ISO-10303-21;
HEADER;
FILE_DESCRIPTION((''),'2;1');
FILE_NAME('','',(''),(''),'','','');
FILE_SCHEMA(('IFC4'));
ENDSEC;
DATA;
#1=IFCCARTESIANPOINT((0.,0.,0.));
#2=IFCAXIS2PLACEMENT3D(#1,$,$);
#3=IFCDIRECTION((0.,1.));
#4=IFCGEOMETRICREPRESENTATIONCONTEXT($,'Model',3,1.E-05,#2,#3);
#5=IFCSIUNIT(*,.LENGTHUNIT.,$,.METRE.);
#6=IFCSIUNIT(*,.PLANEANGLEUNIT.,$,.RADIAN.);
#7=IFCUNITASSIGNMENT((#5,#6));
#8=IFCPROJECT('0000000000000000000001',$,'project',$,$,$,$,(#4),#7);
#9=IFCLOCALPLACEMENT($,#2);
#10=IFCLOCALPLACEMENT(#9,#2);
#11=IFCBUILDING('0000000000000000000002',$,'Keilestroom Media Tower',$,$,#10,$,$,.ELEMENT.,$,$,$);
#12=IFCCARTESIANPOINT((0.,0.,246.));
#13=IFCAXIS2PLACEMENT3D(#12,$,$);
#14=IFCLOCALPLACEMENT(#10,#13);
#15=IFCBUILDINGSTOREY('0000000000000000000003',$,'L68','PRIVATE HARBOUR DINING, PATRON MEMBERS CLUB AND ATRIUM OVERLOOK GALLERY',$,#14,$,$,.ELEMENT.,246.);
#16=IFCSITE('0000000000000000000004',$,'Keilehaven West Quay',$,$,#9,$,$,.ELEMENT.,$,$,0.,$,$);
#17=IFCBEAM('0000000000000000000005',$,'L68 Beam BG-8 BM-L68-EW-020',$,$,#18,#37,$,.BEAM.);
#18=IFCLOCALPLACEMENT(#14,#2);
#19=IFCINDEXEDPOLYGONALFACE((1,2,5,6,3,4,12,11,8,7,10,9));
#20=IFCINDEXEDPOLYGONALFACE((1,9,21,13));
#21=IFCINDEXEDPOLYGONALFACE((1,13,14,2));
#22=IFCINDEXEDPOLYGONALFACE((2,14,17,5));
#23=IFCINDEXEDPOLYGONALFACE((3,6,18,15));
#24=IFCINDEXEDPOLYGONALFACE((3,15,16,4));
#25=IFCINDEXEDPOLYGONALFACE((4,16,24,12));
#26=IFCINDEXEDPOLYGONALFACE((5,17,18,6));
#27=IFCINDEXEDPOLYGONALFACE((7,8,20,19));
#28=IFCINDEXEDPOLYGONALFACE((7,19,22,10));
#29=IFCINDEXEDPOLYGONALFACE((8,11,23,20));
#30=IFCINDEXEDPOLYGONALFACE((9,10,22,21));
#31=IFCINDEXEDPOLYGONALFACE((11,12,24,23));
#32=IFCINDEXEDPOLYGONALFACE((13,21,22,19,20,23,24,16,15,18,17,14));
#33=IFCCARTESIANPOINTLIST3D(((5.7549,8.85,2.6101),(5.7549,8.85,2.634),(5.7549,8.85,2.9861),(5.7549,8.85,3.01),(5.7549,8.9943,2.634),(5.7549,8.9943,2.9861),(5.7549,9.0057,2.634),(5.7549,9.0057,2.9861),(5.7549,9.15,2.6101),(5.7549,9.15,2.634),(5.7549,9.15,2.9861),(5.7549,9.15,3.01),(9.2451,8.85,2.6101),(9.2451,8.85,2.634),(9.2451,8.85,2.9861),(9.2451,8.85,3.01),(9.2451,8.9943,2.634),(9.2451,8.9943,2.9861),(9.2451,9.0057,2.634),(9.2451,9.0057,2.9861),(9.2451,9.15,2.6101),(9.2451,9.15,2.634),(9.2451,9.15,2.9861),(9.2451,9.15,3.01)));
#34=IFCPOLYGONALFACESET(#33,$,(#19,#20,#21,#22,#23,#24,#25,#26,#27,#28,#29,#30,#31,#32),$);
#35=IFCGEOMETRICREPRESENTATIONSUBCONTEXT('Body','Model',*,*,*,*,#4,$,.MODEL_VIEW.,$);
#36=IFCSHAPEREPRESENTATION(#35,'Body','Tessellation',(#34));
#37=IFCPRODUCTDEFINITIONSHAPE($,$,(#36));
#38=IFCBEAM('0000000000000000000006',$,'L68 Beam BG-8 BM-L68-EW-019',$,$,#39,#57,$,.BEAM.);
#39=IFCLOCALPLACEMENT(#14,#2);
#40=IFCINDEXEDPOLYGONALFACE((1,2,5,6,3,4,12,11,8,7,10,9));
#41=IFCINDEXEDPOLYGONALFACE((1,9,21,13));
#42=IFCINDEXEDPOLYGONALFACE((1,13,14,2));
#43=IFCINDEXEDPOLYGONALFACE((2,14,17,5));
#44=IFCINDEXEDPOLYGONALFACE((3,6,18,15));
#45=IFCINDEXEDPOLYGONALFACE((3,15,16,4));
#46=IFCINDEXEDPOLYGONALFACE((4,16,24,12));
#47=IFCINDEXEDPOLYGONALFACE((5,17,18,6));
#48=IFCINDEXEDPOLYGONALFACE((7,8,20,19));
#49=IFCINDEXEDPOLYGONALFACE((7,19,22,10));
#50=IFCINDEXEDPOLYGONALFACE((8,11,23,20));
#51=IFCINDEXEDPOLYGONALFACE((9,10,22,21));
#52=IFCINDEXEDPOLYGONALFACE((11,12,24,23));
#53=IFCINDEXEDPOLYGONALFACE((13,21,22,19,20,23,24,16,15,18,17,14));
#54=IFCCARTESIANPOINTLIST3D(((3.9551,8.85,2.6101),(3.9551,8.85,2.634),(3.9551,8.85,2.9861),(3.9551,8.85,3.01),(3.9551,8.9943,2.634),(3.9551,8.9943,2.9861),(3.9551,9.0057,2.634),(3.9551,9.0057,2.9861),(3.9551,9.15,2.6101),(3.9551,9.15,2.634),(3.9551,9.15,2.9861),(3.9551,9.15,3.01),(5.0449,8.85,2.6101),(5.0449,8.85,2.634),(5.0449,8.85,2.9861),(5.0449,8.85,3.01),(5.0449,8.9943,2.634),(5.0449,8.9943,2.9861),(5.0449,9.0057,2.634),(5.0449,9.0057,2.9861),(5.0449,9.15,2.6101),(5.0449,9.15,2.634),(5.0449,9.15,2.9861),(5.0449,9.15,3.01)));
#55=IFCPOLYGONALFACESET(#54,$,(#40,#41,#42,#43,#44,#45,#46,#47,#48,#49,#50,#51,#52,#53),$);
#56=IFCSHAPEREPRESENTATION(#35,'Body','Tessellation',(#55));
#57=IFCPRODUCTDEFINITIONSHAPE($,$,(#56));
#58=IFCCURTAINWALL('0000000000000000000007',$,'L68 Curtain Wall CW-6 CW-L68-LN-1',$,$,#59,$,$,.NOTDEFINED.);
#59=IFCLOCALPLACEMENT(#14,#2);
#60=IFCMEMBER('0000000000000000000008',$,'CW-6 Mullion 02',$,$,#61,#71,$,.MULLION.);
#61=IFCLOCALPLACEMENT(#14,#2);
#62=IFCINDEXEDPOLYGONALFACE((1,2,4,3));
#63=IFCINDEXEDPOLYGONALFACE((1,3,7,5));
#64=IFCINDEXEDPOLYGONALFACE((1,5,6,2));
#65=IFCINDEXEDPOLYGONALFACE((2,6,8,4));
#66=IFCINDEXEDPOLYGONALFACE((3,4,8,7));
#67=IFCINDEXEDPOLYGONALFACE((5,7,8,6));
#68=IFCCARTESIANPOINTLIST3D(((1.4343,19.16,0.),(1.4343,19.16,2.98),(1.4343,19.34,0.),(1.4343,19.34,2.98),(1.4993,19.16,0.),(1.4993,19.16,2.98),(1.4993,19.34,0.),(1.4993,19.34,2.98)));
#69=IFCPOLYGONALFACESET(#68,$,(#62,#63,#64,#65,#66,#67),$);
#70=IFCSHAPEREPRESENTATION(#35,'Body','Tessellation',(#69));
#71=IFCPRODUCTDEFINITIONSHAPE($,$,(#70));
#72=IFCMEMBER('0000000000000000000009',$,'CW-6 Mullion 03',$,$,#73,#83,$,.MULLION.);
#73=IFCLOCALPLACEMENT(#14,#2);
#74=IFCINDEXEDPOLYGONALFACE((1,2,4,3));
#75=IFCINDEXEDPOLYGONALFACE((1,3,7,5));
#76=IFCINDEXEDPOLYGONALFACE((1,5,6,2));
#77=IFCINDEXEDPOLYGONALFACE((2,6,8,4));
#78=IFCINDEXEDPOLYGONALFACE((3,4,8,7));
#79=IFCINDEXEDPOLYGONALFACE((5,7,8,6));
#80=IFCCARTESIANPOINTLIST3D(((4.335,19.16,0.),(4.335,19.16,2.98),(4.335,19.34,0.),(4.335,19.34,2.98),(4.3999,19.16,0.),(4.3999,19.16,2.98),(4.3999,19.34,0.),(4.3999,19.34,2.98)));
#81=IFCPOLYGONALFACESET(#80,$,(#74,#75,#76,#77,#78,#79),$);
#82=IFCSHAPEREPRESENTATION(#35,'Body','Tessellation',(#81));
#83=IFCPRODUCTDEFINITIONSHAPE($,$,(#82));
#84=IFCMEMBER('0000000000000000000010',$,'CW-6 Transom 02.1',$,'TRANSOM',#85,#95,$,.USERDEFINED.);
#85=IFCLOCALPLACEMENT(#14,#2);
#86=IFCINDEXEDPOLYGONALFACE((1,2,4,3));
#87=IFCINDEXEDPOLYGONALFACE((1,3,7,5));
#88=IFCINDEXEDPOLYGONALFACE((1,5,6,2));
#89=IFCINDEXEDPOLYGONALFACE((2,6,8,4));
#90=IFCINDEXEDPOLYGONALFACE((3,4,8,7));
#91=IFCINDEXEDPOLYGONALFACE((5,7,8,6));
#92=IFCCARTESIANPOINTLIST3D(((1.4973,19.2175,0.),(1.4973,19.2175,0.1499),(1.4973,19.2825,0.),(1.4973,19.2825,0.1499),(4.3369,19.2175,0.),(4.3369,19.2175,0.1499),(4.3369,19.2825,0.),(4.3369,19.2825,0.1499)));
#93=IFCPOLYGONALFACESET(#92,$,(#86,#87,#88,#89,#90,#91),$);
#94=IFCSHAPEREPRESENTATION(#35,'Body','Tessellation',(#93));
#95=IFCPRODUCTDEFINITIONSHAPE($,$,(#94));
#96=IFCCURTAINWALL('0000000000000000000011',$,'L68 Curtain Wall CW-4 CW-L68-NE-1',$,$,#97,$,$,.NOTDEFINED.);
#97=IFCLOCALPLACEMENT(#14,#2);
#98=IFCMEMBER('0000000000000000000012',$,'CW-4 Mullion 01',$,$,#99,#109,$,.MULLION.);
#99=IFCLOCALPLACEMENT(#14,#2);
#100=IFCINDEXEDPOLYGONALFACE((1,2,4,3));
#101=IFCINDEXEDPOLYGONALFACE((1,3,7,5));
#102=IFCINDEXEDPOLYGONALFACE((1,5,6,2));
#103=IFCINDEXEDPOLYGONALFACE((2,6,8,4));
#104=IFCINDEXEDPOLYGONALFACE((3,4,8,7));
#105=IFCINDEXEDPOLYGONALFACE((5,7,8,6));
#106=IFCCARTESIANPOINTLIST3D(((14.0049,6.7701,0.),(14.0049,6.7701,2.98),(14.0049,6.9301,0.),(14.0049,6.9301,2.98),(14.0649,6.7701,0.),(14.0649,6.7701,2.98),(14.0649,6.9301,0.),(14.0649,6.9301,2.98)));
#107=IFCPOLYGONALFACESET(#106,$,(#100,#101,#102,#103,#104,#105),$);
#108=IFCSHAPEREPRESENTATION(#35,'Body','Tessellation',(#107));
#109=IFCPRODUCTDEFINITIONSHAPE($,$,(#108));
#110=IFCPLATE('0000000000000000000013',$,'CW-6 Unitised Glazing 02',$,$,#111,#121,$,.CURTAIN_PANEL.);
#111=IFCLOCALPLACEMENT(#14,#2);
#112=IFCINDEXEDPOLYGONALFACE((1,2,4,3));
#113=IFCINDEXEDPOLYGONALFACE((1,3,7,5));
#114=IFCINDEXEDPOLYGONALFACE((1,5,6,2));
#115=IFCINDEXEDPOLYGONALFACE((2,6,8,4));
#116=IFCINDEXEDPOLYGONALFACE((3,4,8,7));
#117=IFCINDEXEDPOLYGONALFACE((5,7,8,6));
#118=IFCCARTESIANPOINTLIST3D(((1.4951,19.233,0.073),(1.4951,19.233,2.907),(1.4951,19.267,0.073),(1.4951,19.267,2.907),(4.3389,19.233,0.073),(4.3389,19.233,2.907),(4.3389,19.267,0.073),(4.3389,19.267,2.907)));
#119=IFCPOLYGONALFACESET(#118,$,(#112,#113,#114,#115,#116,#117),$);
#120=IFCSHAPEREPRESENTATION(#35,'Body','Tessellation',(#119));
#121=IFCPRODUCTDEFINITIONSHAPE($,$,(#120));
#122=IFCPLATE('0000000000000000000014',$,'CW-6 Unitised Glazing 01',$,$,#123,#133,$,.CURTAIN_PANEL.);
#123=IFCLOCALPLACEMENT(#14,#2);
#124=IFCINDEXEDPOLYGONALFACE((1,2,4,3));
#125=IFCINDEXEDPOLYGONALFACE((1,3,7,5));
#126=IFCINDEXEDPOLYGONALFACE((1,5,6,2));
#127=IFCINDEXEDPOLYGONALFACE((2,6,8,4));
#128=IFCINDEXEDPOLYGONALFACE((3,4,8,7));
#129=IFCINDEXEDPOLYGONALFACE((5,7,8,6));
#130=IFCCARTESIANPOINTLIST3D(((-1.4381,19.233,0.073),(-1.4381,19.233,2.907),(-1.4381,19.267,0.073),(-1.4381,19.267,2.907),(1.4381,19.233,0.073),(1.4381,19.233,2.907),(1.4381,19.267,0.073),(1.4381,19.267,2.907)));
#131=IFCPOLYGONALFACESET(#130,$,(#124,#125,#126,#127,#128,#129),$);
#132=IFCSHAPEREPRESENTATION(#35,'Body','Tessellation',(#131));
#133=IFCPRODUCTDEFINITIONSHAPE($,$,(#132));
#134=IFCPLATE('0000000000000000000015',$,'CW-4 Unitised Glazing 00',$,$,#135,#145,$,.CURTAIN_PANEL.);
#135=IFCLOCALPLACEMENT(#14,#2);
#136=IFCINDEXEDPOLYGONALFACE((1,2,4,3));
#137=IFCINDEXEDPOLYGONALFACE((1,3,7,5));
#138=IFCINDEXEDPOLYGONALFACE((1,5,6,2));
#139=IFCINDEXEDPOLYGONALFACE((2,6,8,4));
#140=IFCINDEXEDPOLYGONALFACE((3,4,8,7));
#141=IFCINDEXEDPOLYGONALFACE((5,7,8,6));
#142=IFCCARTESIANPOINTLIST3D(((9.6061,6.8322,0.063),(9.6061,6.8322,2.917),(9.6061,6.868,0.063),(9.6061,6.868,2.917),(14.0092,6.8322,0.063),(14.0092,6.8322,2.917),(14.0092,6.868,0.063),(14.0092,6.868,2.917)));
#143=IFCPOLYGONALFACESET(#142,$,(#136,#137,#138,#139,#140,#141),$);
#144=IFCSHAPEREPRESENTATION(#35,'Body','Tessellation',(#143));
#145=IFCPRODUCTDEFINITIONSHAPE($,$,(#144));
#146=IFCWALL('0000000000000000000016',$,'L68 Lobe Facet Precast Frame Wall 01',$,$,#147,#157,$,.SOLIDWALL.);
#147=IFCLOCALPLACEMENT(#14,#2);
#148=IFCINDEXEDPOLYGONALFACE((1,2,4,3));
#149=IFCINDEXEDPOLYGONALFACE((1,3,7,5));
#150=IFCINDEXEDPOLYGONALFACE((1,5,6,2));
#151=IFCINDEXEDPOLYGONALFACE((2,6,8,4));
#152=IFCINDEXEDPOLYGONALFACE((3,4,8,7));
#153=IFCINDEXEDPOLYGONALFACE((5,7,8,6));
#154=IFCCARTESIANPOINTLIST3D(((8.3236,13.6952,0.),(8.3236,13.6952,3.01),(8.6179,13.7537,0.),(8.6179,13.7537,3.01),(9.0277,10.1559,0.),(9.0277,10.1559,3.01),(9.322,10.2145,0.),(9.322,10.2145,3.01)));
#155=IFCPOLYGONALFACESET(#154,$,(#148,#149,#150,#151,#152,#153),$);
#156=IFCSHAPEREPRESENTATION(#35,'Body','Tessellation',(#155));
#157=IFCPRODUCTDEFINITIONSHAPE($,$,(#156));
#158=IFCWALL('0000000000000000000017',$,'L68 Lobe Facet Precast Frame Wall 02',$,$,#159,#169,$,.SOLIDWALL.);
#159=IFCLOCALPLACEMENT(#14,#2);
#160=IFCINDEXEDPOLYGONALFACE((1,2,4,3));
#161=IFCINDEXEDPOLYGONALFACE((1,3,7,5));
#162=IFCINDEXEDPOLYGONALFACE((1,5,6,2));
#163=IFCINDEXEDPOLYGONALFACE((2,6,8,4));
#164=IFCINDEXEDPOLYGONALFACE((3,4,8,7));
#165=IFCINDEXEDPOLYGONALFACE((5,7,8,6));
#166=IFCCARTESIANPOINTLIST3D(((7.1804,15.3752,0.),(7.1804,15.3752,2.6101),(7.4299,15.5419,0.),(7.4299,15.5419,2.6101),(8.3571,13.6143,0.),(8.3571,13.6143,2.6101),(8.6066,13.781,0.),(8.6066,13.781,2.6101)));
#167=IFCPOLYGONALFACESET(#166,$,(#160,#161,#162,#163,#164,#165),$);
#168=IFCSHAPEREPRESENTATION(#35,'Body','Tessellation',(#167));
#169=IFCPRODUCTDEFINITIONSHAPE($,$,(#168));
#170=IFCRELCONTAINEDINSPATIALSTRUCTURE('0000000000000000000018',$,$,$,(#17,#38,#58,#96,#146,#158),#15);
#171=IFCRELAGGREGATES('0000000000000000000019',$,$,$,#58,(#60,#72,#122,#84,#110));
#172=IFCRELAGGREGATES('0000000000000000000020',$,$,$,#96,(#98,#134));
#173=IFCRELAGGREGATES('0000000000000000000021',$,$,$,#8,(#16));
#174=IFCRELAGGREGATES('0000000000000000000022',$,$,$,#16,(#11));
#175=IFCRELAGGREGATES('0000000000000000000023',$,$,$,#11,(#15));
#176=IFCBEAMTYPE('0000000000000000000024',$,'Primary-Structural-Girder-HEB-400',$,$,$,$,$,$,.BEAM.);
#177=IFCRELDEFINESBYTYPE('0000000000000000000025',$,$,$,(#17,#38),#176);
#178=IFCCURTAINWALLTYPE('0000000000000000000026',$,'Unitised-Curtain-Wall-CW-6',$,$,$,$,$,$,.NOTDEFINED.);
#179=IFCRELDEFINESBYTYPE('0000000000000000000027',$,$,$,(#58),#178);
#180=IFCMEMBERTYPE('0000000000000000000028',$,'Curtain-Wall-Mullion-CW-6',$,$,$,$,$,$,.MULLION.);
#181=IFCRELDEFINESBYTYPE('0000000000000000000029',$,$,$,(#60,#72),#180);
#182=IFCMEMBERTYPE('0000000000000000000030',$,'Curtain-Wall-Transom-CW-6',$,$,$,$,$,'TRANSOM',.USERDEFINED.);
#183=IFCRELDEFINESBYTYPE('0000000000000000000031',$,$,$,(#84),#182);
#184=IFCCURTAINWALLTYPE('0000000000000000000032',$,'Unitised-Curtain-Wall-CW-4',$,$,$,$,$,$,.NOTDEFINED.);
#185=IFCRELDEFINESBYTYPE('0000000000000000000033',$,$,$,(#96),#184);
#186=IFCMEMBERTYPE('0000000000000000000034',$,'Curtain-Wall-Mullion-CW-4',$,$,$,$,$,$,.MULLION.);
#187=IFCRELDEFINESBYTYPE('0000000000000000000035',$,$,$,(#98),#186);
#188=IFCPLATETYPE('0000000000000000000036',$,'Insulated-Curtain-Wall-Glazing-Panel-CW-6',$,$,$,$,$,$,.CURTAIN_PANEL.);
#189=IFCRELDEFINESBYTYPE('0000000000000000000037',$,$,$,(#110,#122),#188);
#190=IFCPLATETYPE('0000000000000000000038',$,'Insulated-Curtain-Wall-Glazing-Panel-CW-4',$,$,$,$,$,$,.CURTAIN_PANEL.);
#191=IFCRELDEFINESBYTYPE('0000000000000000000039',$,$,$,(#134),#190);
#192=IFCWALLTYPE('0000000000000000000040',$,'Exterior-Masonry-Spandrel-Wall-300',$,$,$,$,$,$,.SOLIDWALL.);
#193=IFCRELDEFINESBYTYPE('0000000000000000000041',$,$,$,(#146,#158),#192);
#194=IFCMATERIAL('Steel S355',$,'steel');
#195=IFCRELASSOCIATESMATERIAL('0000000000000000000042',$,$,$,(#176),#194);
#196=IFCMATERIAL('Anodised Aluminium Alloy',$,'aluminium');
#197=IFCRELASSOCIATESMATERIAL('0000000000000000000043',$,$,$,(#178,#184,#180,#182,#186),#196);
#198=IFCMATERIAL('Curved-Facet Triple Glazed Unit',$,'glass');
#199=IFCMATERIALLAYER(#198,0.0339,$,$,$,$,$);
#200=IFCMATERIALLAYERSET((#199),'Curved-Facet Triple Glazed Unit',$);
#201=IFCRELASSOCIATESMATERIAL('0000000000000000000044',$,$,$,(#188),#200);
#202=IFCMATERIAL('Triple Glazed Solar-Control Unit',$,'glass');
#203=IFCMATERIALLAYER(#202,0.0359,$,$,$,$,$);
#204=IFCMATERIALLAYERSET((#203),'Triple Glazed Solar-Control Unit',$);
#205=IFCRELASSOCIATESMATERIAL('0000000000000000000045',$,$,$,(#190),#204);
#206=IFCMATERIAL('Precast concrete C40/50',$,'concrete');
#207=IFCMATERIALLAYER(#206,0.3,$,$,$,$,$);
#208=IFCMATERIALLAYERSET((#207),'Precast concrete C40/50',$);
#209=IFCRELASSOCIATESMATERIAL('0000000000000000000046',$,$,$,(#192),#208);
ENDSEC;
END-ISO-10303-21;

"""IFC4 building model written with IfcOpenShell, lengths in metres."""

from ifc_helpers import new_model, si_unit, direction, frame, frame_2d, origin, origin_2d, place, context, subcontext, project, spatial, rectangle, i_section, extrude, source, transform, mapped, material, layer, layer_set, material_profile, profile_set, type_object, element, aggregate, save


model = new_model("IFC4")

# Units and contexts
model_context = context("Model", 3, precision=1e-05, world=origin(), true_north=direction((0.0, 1.0)))
body_context = subcontext(model_context, "Body", "Model", "MODEL_VIEW")
ifc_project = project(units=[si_unit("LENGTHUNIT", "METRE"), si_unit("PLANEANGLEUNIT", "RADIAN")], contexts=[model_context])

# Site, building, storey
site_placement = place(None, origin())
site = spatial("IfcSite", under=ifc_project, at=site_placement, Name="Keilehaven West Quay", CompositionType="ELEMENT", RefElevation=0.0)
building_placement = place(site_placement, origin())
building = spatial("IfcBuilding", under=site, at=building_placement, Name="Keilestroom Media Tower", CompositionType="ELEMENT")
storey_placement = place(building_placement, frame((0.0, 0.0, 246.0)))
storey = spatial("IfcBuildingStorey", under=building, at=storey_placement, Name="L68", Description="PRIVATE HARBOUR DINING, PATRON MEMBERS CLUB AND ATRIUM OVERLOOK GALLERY", CompositionType="ELEMENT", Elevation=246.0)

# Shared definitions
ifc_material_1 = material(Name="Precast concrete C40/50", Category="concrete")
ifc_material_2 = material(Name="Steel S355", Category="steel")

# Beams
ifc_material_profile_1 = material_profile(ifc_material_2, i_section(OverallWidth=0.3, OverallDepth=0.3999, WebThickness=0.0115, FlangeThickness=0.0239, at=origin_2d()), Name="HEB 400")
ifc_profile_set_1 = profile_set([ifc_material_profile_1], Name="Steel S355")
beam_type = type_object("IfcBeamType", Name="Primary-Structural-Girder-HEB-400", PredefinedType="BEAM", material=ifc_profile_set_1)
shared_shape_1 = source(origin(), body_context, "Body", "SweptSolid", [
    extrude(i_section(OverallWidth=0.3, OverallDepth=0.3999, WebThickness=0.0115, FlangeThickness=0.0239, at=origin_2d()), origin(), (0.0, 0.0, 1.0), 3.4902),
])
beam_1_placement = place(storey_placement, frame((5.7549, 9.0, 2.8101), z_axis=(1.0, 0.0, 0.0), x_axis=(0.0, 1.0, 0.0)))
element("IfcBeam", 1, at=beam_1_placement, inside=storey, type_object=beam_type, Name="L68 Beam BG-8 BM-L68-EW-020", PredefinedType="BEAM", context=body_context, shape_type="MappedRepresentation", body=[
    mapped(shared_shape_1, transform((0.0, 0.0, 0.0), x_axis=(1.0, 0.0, 0.0), y_axis=(0.0, 1.0, 0.0), z_axis=(0.0, 0.0, 1.0), scale=1.0)),
])
shared_shape_2 = source(origin(), body_context, "Body", "SweptSolid", [
    extrude(i_section(OverallWidth=0.3, OverallDepth=0.3999, WebThickness=0.0115, FlangeThickness=0.0239, at=origin_2d()), origin(), (0.0, 0.0, 1.0), 1.0898),
])
beam_2_placement = place(storey_placement, frame((3.9551, 9.0, 2.8101), z_axis=(1.0, 0.0, 0.0), x_axis=(0.0, 1.0, 0.0)))
element("IfcBeam", 2, at=beam_2_placement, inside=storey, type_object=beam_type, Name="L68 Beam BG-8 BM-L68-EW-019", PredefinedType="BEAM", context=body_context, shape_type="MappedRepresentation", body=[
    mapped(shared_shape_2, transform((0.0, 0.0, 0.0), x_axis=(1.0, 0.0, 0.0), y_axis=(0.0, 1.0, 0.0), z_axis=(0.0, 0.0, 1.0), scale=1.0)),
])

# Curtain wall, members
ifc_material_3 = material(Name="Anodised Aluminium Alloy", Category="aluminium")
curtain_wall_type_1 = type_object("IfcCurtainWallType", Name="Unitised-Curtain-Wall-CW-6", PredefinedType="NOTDEFINED", material=ifc_material_3)
curtain_wall_1_placement = place(storey_placement, origin())
curtain_wall_1 = element("IfcCurtainWall", 3, at=curtain_wall_1_placement, inside=storey, type_object=curtain_wall_type_1, Name="L68 Curtain Wall CW-6 CW-L68-LN-1", PredefinedType="NOTDEFINED")
ifc_material_profile_2 = material_profile(ifc_material_3, rectangle(XDim=0.0649, YDim=0.1799, at=origin_2d()), Name="ALU MULLION 65x180")
ifc_profile_set_2 = profile_set([ifc_material_profile_2], Name="Anodised Aluminium Alloy")
member_type_1 = type_object("IfcMemberType", Name="Curtain-Wall-Mullion-CW-6", PredefinedType="MULLION", material=ifc_profile_set_2)
shared_shape_3 = source(origin(), body_context, "Body", "SweptSolid", [
    extrude(rectangle(XDim=0.0649, YDim=0.1799, at=origin_2d()), origin(), (0.0, 0.0, 1.0), 2.98),
])
member_1_placement = place(storey_placement, frame((1.4668, 19.25, 0.0), z_axis=(0.0, 0.0, 1.0), x_axis=(1.0, 0.0, 0.0)))
member_1 = element("IfcMember", 4, at=member_1_placement, type_object=member_type_1, Name="CW-6 Mullion 02", PredefinedType="MULLION", context=body_context, shape_type="MappedRepresentation", body=[
    mapped(shared_shape_3, transform((0.0, 0.0, 0.0), x_axis=(1.0, 0.0, 0.0), y_axis=(0.0, 1.0, 0.0), z_axis=(0.0, 0.0, 1.0), scale=1.0)),
])
member_2_placement = place(storey_placement, frame((4.3674, 19.25, 0.0), z_axis=(0.0, 0.0, 1.0), x_axis=(1.0, 0.0, 0.0)))
member_2 = element("IfcMember", 5, at=member_2_placement, type_object=member_type_1, Name="CW-6 Mullion 03", PredefinedType="MULLION", context=body_context, shape_type="MappedRepresentation", body=[
    mapped(shared_shape_3, transform((0.0, 0.0, 0.0), x_axis=(1.0, 0.0, 0.0), y_axis=(0.0, 1.0, 0.0), z_axis=(0.0, 0.0, 1.0), scale=1.0)),
])
ifc_material_profile_3 = material_profile(ifc_material_3, rectangle(XDim=0.0649, YDim=0.1499, at=origin_2d()), Name="ALU TRANSOM 65x150")
ifc_profile_set_3 = profile_set([ifc_material_profile_3], Name="Anodised Aluminium Alloy")
member_type_2 = type_object("IfcMemberType", Name="Curtain-Wall-Transom-CW-6", ElementType="TRANSOM", PredefinedType="USERDEFINED", material=ifc_profile_set_3)
shared_shape_4 = source(origin(), body_context, "Body", "SweptSolid", [
    extrude(rectangle(XDim=0.0649, YDim=0.1499, at=origin_2d()), origin(), (0.0, 0.0, 1.0), 2.8396),
])
member_3_placement = place(storey_placement, frame((1.4973, 19.25, 0.075), z_axis=(1.0, 0.0, 0.0), x_axis=(0.0, 1.0, 0.0)))
member_3 = element("IfcMember", 6, at=member_3_placement, type_object=member_type_2, Name="CW-6 Transom 02.1", ObjectType="TRANSOM", PredefinedType="USERDEFINED", context=body_context, shape_type="MappedRepresentation", body=[
    mapped(shared_shape_4, transform((0.0, 0.0, 0.0), x_axis=(1.0, 0.0, 0.0), y_axis=(0.0, 1.0, 0.0), z_axis=(0.0, 0.0, 1.0), scale=1.0)),
])

# Curtain wall, member
curtain_wall_type_2 = type_object("IfcCurtainWallType", Name="Unitised-Curtain-Wall-CW-4", PredefinedType="NOTDEFINED", material=ifc_material_3)
curtain_wall_2_placement = place(storey_placement, origin())
curtain_wall_2 = element("IfcCurtainWall", 7, at=curtain_wall_2_placement, inside=storey, type_object=curtain_wall_type_2, Name="L68 Curtain Wall CW-4 CW-L68-NE-1", PredefinedType="NOTDEFINED")
ifc_material_profile_4 = material_profile(ifc_material_3, rectangle(XDim=0.0601, YDim=0.1599, at=origin_2d()), Name="ALU MULLION 60x160")
ifc_profile_set_4 = profile_set([ifc_material_profile_4], Name="Anodised Aluminium Alloy")
member_type_3 = type_object("IfcMemberType", Name="Curtain-Wall-Mullion-CW-4", PredefinedType="MULLION", material=ifc_profile_set_4)
shared_shape_5 = source(origin(), body_context, "Body", "SweptSolid", [
    extrude(rectangle(XDim=0.0601, YDim=0.1599, at=origin_2d()), origin(), (0.0, 0.0, 1.0), 2.98),
])
member_4_placement = place(storey_placement, frame((14.0349, 6.8501, 0.0), z_axis=(0.0, 0.0, 1.0), x_axis=(1.0, 0.0, 0.0)))
member_4 = element("IfcMember", 8, at=member_4_placement, type_object=member_type_3, Name="CW-4 Mullion 01", PredefinedType="MULLION", context=body_context, shape_type="MappedRepresentation", body=[
    mapped(shared_shape_5, transform((0.0, 0.0, 0.0), x_axis=(1.0, 0.0, 0.0), y_axis=(0.0, 1.0, 0.0), z_axis=(0.0, 0.0, 1.0), scale=1.0)),
])

# Plates
ifc_material_4 = material(Name="Curved-Facet Triple Glazed Unit", Category="glass")
ifc_layer_1 = layer(ifc_material_4, 0.0339)
ifc_layer_set_1 = layer_set([ifc_layer_1], Name="Curved-Facet Triple Glazed Unit")
plate_type_1 = type_object("IfcPlateType", Name="Insulated-Curtain-Wall-Glazing-Panel-CW-6", PredefinedType="CURTAIN_PANEL", material=ifc_layer_set_1)
shared_shape_6 = source(origin(), body_context, "Body", "SweptSolid", [
    extrude(rectangle(XDim=2.8438, YDim=0.0339, at=origin_2d()), origin(), (0.0, 0.0, 1.0), 2.834),
])
plate_1_placement = place(storey_placement, frame((2.917, 19.25, 0.073), z_axis=(0.0, 0.0, 1.0), x_axis=(1.0, 0.0, 0.0)))
plate_1 = element("IfcPlate", 9, at=plate_1_placement, type_object=plate_type_1, Name="CW-6 Unitised Glazing 02", PredefinedType="CURTAIN_PANEL", context=body_context, shape_type="MappedRepresentation", body=[
    mapped(shared_shape_6, transform((0.0, 0.0, 0.0), x_axis=(1.0, 0.0, 0.0), y_axis=(0.0, 1.0, 0.0), z_axis=(0.0, 0.0, 1.0), scale=1.0)),
])
shared_shape_7 = source(origin(), body_context, "Body", "SweptSolid", [
    extrude(rectangle(XDim=2.8762, YDim=0.0339, at=origin_2d()), origin(), (0.0, 0.0, 1.0), 2.834),
])
plate_2_placement = place(storey_placement, frame((0.0, 19.25, 0.073), z_axis=(0.0, 0.0, 1.0), x_axis=(1.0, 0.0, 0.0)))
plate_2 = element("IfcPlate", 10, at=plate_2_placement, type_object=plate_type_1, Name="CW-6 Unitised Glazing 01", PredefinedType="CURTAIN_PANEL", context=body_context, shape_type="MappedRepresentation", body=[
    mapped(shared_shape_7, transform((0.0, 0.0, 0.0), x_axis=(1.0, 0.0, 0.0), y_axis=(0.0, 1.0, 0.0), z_axis=(0.0, 0.0, 1.0), scale=1.0)),
])
aggregate(curtain_wall_1, [member_1, member_2, plate_2, member_3, plate_1])
ifc_material_5 = material(Name="Triple Glazed Solar-Control Unit", Category="glass")
ifc_layer_2 = layer(ifc_material_5, 0.0359)
ifc_layer_set_2 = layer_set([ifc_layer_2], Name="Triple Glazed Solar-Control Unit")
plate_type_2 = type_object("IfcPlateType", Name="Insulated-Curtain-Wall-Glazing-Panel-CW-4", PredefinedType="CURTAIN_PANEL", material=ifc_layer_set_2)
shared_shape_8 = source(origin(), body_context, "Body", "SweptSolid", [
    extrude(rectangle(XDim=4.4031, YDim=0.0359, at=origin_2d()), origin(), (0.0, 0.0, 1.0), 2.854),
])
plate_3_placement = place(storey_placement, frame((11.8076, 6.8501, 0.063), z_axis=(0.0, 0.0, 1.0), x_axis=(1.0, 0.0, 0.0)))
plate_3 = element("IfcPlate", 11, at=plate_3_placement, type_object=plate_type_2, Name="CW-4 Unitised Glazing 00", PredefinedType="CURTAIN_PANEL", context=body_context, shape_type="MappedRepresentation", body=[
    mapped(shared_shape_8, transform((0.0, 0.0, 0.0), x_axis=(1.0, 0.0, 0.0), y_axis=(0.0, 1.0, 0.0), z_axis=(0.0, 0.0, 1.0), scale=1.0)),
])
aggregate(curtain_wall_2, [member_4, plate_3])

# Walls
ifc_layer_3 = layer(ifc_material_1, 0.3)
ifc_layer_set_3 = layer_set([ifc_layer_3], Name="Precast concrete C40/50")
wall_type_1 = type_object("IfcWallType", Name="Exterior-Masonry-Spandrel-Wall-300", PredefinedType="SOLIDWALL", material=ifc_layer_set_3)
wall_1_placement = place(storey_placement, frame((9.1748, 10.1853, 0.0), z_axis=(0.0, 0.0, 1.0), x_axis=(-0.195114, 0.980781, 0.0)))
element("IfcWall", 12, at=wall_1_placement, inside=storey, type_object=wall_type_1, Name="L68 Lobe Facet Precast Frame Wall 01", PredefinedType="SOLIDWALL", context=body_context, shape_type="SweptSolid", body=[
    extrude(rectangle(XDim=3.6086, YDim=0.3, at=frame_2d((1.8042, 0.0))), origin(), (0.0, 0.0, 1.0), 3.01),
])
wall_2_placement = place(storey_placement, frame((8.4819, 13.6975, 0.0), z_axis=(0.0, 0.0, 1.0), x_axis=(-0.555604, 0.831447, 0.0)))
element("IfcWall", 13, at=wall_2_placement, inside=storey, type_object=wall_type_1, Name="L68 Lobe Facet Precast Frame Wall 02", PredefinedType="SOLIDWALL", context=body_context, shape_type="SweptSolid", body=[
    extrude(rectangle(XDim=2.1179, YDim=0.3, at=frame_2d((1.0591, 0.0))), origin(), (0.0, 0.0, 1.0), 2.6101),
])

save(model, "model.ifc")
